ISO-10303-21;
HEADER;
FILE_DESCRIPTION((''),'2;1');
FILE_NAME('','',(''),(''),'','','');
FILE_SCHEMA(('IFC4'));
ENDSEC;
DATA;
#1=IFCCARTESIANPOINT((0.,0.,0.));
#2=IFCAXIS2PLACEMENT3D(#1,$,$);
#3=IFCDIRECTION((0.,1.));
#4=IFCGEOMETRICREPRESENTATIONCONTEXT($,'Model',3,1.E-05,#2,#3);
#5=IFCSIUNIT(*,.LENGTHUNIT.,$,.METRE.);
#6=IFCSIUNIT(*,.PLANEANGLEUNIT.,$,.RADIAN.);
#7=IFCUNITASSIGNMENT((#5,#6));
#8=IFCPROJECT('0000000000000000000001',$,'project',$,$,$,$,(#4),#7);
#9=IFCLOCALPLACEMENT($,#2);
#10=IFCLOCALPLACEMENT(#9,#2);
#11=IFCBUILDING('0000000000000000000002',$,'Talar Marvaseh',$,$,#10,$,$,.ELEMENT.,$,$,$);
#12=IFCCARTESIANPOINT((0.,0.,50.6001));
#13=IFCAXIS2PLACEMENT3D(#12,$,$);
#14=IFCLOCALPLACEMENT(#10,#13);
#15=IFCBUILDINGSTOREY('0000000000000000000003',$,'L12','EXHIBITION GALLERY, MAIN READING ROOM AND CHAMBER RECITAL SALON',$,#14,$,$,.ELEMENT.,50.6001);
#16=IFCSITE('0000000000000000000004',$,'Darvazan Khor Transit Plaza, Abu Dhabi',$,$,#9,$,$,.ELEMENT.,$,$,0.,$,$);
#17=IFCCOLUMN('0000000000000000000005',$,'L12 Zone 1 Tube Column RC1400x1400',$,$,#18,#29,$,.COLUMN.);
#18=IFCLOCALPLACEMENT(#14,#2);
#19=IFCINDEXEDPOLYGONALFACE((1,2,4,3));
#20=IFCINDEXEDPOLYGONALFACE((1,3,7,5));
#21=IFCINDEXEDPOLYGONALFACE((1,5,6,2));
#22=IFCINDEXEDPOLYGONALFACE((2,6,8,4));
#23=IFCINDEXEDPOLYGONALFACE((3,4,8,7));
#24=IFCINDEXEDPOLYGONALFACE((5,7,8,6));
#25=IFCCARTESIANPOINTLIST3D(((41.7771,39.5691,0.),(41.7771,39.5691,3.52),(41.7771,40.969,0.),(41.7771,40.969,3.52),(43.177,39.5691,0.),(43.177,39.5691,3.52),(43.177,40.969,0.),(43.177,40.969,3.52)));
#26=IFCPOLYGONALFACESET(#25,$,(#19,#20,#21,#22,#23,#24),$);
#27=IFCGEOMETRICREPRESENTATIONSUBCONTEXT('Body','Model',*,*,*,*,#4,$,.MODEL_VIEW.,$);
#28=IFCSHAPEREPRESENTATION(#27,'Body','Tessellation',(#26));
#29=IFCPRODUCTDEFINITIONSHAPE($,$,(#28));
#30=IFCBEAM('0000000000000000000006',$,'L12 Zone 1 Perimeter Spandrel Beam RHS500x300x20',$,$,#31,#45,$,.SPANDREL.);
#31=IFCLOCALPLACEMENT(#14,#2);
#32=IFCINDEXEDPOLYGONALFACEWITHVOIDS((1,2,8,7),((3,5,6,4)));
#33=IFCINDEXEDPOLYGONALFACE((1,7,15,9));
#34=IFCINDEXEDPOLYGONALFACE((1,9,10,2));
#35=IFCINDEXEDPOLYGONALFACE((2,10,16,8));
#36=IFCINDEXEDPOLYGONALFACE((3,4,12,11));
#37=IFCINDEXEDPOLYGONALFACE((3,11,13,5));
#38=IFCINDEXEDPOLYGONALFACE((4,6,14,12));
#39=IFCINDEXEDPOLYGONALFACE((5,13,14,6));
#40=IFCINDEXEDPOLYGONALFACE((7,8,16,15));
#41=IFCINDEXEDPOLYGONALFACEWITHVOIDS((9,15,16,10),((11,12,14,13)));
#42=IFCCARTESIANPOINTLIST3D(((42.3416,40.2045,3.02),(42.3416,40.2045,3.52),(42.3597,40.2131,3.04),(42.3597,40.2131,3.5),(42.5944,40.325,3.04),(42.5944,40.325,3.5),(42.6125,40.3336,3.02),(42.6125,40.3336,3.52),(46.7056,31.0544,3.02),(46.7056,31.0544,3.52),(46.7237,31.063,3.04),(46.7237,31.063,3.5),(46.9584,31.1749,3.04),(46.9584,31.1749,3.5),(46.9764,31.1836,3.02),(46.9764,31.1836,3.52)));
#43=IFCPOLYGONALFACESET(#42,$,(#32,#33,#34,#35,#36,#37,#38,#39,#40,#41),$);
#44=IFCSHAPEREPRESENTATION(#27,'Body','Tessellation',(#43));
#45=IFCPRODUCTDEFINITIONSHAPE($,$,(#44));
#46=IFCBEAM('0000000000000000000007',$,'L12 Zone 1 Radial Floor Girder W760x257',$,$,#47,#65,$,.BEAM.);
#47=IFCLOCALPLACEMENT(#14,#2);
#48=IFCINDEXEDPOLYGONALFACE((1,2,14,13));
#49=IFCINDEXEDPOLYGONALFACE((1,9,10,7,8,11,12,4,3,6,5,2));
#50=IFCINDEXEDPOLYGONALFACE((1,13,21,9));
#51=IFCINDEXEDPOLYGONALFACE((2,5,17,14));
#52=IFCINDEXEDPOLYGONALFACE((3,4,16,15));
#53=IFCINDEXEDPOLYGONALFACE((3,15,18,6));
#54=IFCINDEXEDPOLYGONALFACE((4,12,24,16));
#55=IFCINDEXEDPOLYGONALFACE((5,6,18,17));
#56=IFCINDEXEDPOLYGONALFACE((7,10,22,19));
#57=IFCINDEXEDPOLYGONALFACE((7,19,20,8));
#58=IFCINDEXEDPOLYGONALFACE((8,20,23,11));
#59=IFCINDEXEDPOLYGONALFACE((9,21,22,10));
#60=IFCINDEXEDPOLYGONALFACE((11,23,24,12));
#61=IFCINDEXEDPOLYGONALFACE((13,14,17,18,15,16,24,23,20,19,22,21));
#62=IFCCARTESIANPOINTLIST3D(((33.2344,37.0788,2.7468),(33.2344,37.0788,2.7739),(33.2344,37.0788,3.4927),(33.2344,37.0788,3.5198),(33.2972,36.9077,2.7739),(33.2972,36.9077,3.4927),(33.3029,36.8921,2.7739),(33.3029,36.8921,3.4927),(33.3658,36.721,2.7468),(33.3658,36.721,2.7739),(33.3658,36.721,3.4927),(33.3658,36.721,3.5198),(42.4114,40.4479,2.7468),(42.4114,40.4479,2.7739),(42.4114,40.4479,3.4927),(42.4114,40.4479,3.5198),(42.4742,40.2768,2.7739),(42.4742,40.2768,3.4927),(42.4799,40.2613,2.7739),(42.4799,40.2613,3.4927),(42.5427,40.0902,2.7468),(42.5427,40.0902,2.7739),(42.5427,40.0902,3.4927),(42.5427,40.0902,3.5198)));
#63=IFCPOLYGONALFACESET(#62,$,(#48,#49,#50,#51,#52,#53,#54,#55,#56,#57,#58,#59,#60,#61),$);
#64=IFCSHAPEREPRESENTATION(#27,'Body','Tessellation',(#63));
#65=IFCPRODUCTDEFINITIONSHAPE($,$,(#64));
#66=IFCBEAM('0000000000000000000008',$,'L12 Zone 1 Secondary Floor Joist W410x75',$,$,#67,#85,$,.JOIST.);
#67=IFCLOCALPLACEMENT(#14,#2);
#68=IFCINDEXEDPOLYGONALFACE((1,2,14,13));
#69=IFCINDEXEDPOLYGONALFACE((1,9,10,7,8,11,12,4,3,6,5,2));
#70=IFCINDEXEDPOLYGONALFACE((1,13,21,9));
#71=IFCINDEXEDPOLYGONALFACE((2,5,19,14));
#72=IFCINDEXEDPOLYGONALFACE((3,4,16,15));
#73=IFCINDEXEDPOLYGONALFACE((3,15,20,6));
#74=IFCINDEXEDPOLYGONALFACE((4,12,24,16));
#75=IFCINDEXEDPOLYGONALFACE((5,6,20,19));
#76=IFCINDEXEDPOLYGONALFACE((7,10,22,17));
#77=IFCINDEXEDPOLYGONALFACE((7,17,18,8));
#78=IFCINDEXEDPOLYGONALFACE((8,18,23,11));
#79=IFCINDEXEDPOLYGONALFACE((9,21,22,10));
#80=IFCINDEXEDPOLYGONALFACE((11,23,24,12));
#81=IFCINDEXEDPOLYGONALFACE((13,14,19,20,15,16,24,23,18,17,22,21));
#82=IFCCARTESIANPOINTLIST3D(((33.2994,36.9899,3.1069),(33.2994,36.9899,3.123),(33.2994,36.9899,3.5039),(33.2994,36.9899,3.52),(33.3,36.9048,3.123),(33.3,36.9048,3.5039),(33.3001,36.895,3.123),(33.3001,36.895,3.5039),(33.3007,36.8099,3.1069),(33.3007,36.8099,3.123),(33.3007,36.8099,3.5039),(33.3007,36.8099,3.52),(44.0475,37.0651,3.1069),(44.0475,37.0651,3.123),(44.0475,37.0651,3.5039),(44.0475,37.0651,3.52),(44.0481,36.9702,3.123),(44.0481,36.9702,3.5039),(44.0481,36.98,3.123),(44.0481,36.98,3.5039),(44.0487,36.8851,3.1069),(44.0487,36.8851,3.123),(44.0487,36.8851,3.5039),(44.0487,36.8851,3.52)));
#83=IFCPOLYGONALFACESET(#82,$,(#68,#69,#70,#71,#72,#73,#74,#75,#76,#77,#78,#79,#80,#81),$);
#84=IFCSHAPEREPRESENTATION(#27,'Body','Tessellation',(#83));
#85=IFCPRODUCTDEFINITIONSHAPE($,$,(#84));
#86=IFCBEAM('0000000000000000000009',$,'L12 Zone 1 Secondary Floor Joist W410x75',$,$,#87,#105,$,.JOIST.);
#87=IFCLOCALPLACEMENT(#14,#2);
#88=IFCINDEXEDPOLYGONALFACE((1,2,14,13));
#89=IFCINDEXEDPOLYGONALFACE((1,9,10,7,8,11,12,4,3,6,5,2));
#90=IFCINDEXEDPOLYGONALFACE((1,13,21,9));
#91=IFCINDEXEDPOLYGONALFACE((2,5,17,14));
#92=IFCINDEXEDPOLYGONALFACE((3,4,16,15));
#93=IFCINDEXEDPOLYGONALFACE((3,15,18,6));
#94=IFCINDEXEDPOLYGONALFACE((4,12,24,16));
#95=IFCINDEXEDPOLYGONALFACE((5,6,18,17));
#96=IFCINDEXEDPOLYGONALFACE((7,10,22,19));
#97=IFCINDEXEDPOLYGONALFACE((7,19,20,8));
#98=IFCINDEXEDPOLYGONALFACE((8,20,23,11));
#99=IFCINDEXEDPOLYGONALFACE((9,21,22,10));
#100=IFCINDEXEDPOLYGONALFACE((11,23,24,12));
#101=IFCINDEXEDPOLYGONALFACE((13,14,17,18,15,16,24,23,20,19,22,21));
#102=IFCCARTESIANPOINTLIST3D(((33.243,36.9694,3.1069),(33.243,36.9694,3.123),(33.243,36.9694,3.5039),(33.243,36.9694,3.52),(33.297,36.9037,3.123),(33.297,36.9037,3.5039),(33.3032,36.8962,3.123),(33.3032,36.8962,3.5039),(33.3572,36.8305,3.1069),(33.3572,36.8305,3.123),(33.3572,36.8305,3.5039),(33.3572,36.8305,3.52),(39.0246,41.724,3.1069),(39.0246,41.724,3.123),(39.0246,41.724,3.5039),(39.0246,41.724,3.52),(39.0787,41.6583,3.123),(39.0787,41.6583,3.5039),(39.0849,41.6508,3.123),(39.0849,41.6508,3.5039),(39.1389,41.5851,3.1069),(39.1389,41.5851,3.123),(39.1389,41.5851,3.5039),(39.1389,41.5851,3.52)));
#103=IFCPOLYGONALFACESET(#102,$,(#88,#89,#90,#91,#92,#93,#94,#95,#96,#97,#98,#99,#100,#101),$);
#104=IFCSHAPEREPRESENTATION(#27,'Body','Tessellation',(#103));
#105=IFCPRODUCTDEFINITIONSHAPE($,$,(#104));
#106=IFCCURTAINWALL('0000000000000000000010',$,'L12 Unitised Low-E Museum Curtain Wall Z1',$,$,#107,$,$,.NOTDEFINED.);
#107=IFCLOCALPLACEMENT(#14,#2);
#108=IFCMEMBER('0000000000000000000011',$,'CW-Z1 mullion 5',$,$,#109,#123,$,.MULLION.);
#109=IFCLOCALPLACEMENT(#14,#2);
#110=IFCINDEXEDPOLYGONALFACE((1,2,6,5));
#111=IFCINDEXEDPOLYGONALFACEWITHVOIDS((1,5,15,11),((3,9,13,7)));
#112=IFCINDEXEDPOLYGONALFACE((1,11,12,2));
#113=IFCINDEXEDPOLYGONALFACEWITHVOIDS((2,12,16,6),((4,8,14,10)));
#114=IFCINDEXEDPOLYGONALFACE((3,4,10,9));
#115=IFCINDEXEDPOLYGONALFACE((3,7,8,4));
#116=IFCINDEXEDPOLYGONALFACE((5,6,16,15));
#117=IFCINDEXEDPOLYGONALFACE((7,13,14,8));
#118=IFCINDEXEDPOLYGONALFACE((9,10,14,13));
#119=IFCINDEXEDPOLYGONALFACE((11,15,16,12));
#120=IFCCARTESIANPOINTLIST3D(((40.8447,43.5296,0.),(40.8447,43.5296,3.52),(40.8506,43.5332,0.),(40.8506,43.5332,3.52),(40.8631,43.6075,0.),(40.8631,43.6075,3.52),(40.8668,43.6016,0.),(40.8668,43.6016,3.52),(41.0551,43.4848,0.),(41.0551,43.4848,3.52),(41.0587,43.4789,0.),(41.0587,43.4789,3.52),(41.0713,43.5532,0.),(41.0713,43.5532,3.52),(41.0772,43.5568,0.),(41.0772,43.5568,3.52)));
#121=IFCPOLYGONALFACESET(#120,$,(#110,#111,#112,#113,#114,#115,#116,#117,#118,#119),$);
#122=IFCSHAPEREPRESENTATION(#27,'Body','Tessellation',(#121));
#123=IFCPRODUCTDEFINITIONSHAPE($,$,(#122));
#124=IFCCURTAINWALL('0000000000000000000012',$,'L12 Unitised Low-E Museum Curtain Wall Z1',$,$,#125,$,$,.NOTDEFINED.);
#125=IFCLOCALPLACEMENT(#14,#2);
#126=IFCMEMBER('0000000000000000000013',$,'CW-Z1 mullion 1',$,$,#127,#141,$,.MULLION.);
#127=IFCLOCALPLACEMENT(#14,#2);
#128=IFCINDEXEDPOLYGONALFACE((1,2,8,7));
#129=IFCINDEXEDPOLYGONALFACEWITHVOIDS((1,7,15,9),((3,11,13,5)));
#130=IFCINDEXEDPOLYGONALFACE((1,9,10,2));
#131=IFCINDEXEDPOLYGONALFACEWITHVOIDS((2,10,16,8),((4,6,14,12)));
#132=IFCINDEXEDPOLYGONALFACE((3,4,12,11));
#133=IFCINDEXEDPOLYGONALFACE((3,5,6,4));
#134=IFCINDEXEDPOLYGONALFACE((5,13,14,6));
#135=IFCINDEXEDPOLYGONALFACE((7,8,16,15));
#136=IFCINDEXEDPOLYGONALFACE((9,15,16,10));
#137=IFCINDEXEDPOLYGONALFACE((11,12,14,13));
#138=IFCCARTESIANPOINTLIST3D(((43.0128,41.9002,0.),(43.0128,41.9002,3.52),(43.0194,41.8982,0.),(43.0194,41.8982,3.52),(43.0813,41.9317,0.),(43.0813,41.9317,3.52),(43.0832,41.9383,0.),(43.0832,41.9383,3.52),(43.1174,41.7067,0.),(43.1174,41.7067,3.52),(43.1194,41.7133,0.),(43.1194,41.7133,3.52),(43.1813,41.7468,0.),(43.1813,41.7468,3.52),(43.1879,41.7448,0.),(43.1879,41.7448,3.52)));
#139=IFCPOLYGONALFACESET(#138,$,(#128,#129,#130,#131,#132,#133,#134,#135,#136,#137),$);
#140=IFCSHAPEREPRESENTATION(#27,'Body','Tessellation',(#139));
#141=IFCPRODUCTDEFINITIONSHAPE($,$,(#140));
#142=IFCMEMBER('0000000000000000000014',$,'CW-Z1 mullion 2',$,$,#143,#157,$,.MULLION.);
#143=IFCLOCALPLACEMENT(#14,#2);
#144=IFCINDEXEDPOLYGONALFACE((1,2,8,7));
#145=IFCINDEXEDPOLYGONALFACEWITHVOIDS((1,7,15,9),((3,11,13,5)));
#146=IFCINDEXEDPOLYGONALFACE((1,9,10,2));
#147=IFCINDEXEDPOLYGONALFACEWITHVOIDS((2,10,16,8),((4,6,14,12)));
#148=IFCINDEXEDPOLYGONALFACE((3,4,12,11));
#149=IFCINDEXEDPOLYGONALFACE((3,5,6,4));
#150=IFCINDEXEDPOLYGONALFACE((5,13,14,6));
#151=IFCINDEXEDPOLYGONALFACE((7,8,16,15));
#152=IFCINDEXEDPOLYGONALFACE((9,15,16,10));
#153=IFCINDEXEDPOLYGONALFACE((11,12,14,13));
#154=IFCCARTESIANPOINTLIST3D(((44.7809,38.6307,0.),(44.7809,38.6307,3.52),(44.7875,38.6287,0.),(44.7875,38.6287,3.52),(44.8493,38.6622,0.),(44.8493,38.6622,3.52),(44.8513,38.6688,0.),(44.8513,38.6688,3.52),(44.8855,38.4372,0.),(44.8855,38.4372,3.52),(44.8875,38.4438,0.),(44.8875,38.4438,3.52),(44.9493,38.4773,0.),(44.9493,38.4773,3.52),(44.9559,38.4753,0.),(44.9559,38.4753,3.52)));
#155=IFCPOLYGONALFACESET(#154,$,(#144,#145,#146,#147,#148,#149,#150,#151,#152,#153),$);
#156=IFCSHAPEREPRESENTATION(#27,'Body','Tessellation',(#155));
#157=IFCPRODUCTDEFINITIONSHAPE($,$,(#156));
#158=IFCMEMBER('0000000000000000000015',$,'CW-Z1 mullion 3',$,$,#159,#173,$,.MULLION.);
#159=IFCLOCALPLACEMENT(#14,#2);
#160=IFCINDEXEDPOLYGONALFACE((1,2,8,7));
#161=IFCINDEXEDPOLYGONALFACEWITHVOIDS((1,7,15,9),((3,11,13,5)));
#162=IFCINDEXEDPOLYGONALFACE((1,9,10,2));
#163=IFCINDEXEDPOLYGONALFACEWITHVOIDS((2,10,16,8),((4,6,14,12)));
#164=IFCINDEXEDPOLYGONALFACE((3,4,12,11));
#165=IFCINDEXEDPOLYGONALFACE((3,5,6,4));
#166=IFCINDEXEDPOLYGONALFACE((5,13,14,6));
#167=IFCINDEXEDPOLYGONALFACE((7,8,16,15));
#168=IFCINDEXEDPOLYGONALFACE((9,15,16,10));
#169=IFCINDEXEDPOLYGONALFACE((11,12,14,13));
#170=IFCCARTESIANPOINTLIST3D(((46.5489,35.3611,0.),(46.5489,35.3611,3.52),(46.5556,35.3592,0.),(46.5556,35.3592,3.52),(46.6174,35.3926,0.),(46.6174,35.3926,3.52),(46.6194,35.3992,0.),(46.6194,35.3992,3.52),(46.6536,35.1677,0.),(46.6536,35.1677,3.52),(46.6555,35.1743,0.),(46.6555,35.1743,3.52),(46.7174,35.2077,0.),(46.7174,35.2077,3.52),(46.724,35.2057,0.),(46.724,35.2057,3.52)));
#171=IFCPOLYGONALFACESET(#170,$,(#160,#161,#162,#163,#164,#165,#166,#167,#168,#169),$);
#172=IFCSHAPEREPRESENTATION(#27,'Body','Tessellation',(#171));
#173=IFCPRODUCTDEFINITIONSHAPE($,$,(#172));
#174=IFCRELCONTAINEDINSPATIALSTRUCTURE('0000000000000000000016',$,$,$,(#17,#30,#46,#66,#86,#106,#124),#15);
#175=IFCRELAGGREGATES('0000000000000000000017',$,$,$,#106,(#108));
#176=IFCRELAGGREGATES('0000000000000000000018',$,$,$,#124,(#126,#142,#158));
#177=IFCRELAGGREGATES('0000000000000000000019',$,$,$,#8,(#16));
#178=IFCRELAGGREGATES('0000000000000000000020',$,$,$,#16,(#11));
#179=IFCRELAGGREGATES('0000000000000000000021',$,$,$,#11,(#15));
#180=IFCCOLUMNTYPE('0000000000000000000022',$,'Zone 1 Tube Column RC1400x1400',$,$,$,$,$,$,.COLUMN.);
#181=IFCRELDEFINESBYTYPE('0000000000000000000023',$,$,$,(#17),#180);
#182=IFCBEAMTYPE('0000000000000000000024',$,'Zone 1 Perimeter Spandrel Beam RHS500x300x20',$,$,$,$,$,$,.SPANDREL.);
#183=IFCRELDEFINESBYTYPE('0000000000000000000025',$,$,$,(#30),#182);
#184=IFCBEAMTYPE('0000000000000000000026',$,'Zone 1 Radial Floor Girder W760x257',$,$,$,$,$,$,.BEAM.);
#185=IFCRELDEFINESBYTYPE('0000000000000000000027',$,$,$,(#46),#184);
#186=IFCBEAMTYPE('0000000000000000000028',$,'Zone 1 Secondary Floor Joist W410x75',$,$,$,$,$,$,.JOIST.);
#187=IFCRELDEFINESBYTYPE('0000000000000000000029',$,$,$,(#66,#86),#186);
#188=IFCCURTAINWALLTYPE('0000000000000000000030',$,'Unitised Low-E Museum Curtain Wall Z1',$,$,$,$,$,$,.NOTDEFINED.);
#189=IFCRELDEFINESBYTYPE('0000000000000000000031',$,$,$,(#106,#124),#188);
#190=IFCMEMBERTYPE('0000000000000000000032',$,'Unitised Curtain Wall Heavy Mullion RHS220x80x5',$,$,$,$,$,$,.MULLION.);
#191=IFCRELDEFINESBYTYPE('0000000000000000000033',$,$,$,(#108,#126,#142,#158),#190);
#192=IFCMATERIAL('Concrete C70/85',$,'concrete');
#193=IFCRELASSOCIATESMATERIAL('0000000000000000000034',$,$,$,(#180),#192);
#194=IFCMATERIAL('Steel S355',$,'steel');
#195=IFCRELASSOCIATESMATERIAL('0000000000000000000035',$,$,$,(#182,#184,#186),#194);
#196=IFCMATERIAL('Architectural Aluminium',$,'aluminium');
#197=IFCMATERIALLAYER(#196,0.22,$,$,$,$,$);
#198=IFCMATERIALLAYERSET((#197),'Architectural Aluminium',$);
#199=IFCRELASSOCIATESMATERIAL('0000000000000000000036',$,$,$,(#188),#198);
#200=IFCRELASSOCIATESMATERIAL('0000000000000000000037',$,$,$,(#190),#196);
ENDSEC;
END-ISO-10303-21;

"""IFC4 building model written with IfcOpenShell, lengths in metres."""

from ifc_helpers import new_model, si_unit, direction, frame, origin, origin_2d, place, context, subcontext, project, spatial, rectangle, hollow_rectangle, i_section, extrude, source, transform, mapped, material, layer, layer_set, material_profile, profile_set, type_object, type_shapes, element, aggregate, save


model = new_model("IFC4")

# Units and contexts
model_context = context("Model", 3, precision=1e-05, world=origin(), true_north=direction((0.0, 1.0)))
body_context = subcontext(model_context, "Body", "Model", "MODEL_VIEW")
ifc_project = project(units=[si_unit("LENGTHUNIT", "METRE"), si_unit("PLANEANGLEUNIT", "RADIAN")], contexts=[model_context])

# Site, building, storey
site_placement = place(None, origin())
site = spatial("IfcSite", under=ifc_project, at=site_placement, Name="Darvazan Khor Transit Plaza, Abu Dhabi", CompositionType="ELEMENT", RefElevation=0.0)
building_placement = place(site_placement, origin())
building = spatial("IfcBuilding", under=site, at=building_placement, Name="Talar Marvaseh", CompositionType="ELEMENT")
storey_placement = place(building_placement, frame((0.0, 0.0, 50.6001)))
storey = spatial("IfcBuildingStorey", under=building, at=storey_placement, Name="L12", Description="EXHIBITION GALLERY, MAIN READING ROOM AND CHAMBER RECITAL SALON", CompositionType="ELEMENT", Elevation=50.6001)

# Column
ifc_material_1 = material(Name="Concrete C70/85", Category="concrete")
ifc_material_profile_1 = material_profile(ifc_material_1, rectangle(XDim=1.3999, YDim=1.3999, at=origin_2d()), Name="RC1400x1400")
ifc_profile_set_1 = profile_set([ifc_material_profile_1], Name="Concrete C70/85")
column_type = type_object("IfcColumnType", Name="Zone 1 Tube Column RC1400x1400", PredefinedType="COLUMN", material=ifc_profile_set_1)
column_placement = place(storey_placement, frame((42.4771, 40.269, 0.0), z_axis=(0.0, 0.0, 1.0), x_axis=(1.0, 0.0, 0.0)))
element("IfcColumn", 1, at=column_placement, inside=storey, type_object=column_type, Name="L12 Zone 1 Tube Column RC1400x1400", PredefinedType="COLUMN", context=body_context, shape_type="SweptSolid", body=[
    extrude(rectangle(XDim=1.3999, YDim=1.3999, at=origin_2d()), origin(), (0.0, 0.0, 1.0), 3.52),
])

# Beams
ifc_material_2 = material(Name="Steel S355", Category="steel")
ifc_material_profile_2 = material_profile(ifc_material_2, hollow_rectangle(XDim=0.3, YDim=0.5, WallThickness=0.02, at=origin_2d()), Name="RHS500x300x20")
ifc_profile_set_2 = profile_set([ifc_material_profile_2], Name="Steel S355")
beam_type_1 = type_object("IfcBeamType", Name="Zone 1 Perimeter Spandrel Beam RHS500x300x20", PredefinedType="SPANDREL", material=ifc_profile_set_2)
beam_1_placement = place(storey_placement, frame((42.4771, 40.269, 3.27), z_axis=(0.43048, -0.9026, 0.0), x_axis=(0.9026, 0.43048, 0.0)))
element("IfcBeam", 2, at=beam_1_placement, inside=storey, type_object=beam_type_1, Name="L12 Zone 1 Perimeter Spandrel Beam RHS500x300x20", PredefinedType="SPANDREL", context=body_context, shape_type="SweptSolid", body=[
    extrude(hollow_rectangle(XDim=0.3, YDim=0.5, WallThickness=0.02, at=origin_2d()), origin(), (0.0, 0.0, 1.0), 10.1375),
])
ifc_material_profile_3 = material_profile(ifc_material_2, i_section(OverallWidth=0.3811, OverallDepth=0.7729, WebThickness=0.0166, FlangeThickness=0.0271, at=origin_2d()), Name="W760x257")
ifc_profile_set_3 = profile_set([ifc_material_profile_3], Name="Steel S355")
beam_type_2 = type_object("IfcBeamType", Name="Zone 1 Radial Floor Girder W760x257", PredefinedType="BEAM", material=ifc_profile_set_3)
beam_2_placement = place(storey_placement, frame((42.4771, 40.269, 3.1333), z_axis=(-0.938736, -0.344637, 0.0), x_axis=(0.344637, -0.938736, 0.0)))
element("IfcBeam", 3, at=beam_2_placement, inside=storey, type_object=beam_type_2, Name="L12 Zone 1 Radial Floor Girder W760x257", PredefinedType="BEAM", context=body_context, shape_type="SweptSolid", body=[
    extrude(i_section(OverallWidth=0.3811, OverallDepth=0.7729, WebThickness=0.0166, FlangeThickness=0.0271, at=origin_2d()), origin(), (0.0, 0.0, 1.0), 9.7759),
])
ifc_material_profile_4 = material_profile(ifc_material_2, i_section(OverallWidth=0.1799, OverallDepth=0.4131, WebThickness=0.0098, FlangeThickness=0.0161, at=origin_2d()), Name="W410x75")
ifc_profile_set_4 = profile_set([ifc_material_profile_4], Name="Steel S355")
beam_type_3 = type_object("IfcBeamType", Name="Zone 1 Secondary Floor Joist W410x75", PredefinedType="JOIST", material=ifc_profile_set_4)
beam_3_placement = place(storey_placement, frame((44.0481, 36.9751, 3.3135), z_axis=(-0.999976, -0.006996, 0.0), x_axis=(0.006996, -0.999976, 0.0)))
element("IfcBeam", 4, at=beam_3_placement, inside=storey, type_object=beam_type_3, Name="L12 Zone 1 Secondary Floor Joist W410x75", PredefinedType="JOIST", context=body_context, shape_type="SweptSolid", body=[
    extrude(i_section(OverallWidth=0.1799, OverallDepth=0.4131, WebThickness=0.0098, FlangeThickness=0.0161, at=origin_2d()), origin(), (0.0, 0.0, 1.0), 10.7483),
])
beam_4_placement = place(storey_placement, frame((39.0818, 41.6545, 3.3135), z_axis=(-0.772375, -0.635166, 0.0), x_axis=(0.635166, -0.772375, 0.0)))
element("IfcBeam", 5, at=beam_4_placement, inside=storey, type_object=beam_type_3, Name="L12 Zone 1 Secondary Floor Joist W410x75", PredefinedType="JOIST", context=body_context, shape_type="SweptSolid", body=[
    extrude(i_section(OverallWidth=0.1799, OverallDepth=0.4131, WebThickness=0.0098, FlangeThickness=0.0161, at=origin_2d()), origin(), (0.0, 0.0, 1.0), 7.4856),
])

# Curtain wall, member
ifc_material_3 = material(Name="Architectural Aluminium", Category="aluminium")
ifc_layer_1 = layer(ifc_material_3, 0.22)
ifc_layer_set_1 = layer_set([ifc_layer_1], Name="Architectural Aluminium")
curtain_wall_type = type_object("IfcCurtainWallType", Name="Unitised Low-E Museum Curtain Wall Z1", PredefinedType="NOTDEFINED", material=ifc_layer_set_1)
curtain_wall_1_placement = place(storey_placement, origin())
curtain_wall_1 = element("IfcCurtainWall", 6, at=curtain_wall_1_placement, inside=storey, type_object=curtain_wall_type, Name="L12 Unitised Low-E Museum Curtain Wall Z1", PredefinedType="NOTDEFINED")
ifc_material_profile_5 = material_profile(ifc_material_3, hollow_rectangle(XDim=0.0801, YDim=0.22, WallThickness=0.0049, at=origin_2d()), Name="RHS220x80x5")
ifc_profile_set_5 = profile_set([ifc_material_profile_5], Name="Architectural Aluminium")
member_type_1 = type_object("IfcMemberType", Name="Unitised Curtain Wall Heavy Mullion RHS220x80x5", PredefinedType="MULLION", material=ifc_profile_set_5)
shared_shape_1 = source(origin(), body_context, "Body", "SweptSolid", [
    extrude(hollow_rectangle(XDim=0.0801, YDim=0.22, WallThickness=0.0049, at=origin_2d()), origin(), (0.0, 0.0, 1.0), 3.52),
])
type_shapes(member_type_1, [shared_shape_1])
member_1_placement = place(storey_placement, frame((40.9609, 43.5432, 0.0), z_axis=(0.0, 0.0, 1.0), x_axis=(0.230352, 0.973107, 0.0)))
member_1 = element("IfcMember", 7, at=member_1_placement, type_object=member_type_1, Name="CW-Z1 mullion 5", PredefinedType="MULLION", context=body_context, shape_type="MappedRepresentation", body=[
    mapped(shared_shape_1, transform((0.0, 0.0, 0.0), x_axis=(1.0, 0.0, 0.0), y_axis=(0.0, 1.0, 0.0), z_axis=(0.0, 0.0, 1.0), scale=1.0)),
])

# Curtain wall, members
curtain_wall_2_placement = place(storey_placement, origin())
curtain_wall_2 = element("IfcCurtainWall", 8, at=curtain_wall_2_placement, inside=storey, type_object=curtain_wall_type, Name="L12 Unitised Low-E Museum Curtain Wall Z1", PredefinedType="NOTDEFINED")
member_2_placement = place(storey_placement, frame((43.1003, 41.8225, 0.0), z_axis=(0.0, 0.0, 1.0), x_axis=(0.87962, 0.475677, 0.0)))
member_2 = element("IfcMember", 9, at=member_2_placement, type_object=member_type_1, Name="CW-Z1 mullion 1", PredefinedType="MULLION", context=body_context, shape_type="MappedRepresentation", body=[
    mapped(shared_shape_1, transform((0.0, 0.0, 0.0), x_axis=(1.0, 0.0, 0.0), y_axis=(0.0, 1.0, 0.0), z_axis=(0.0, 0.0, 1.0), scale=1.0)),
])
member_3_placement = place(storey_placement, frame((44.8684, 38.553, 0.0), z_axis=(0.0, 0.0, 1.0), x_axis=(0.87962, 0.475677, 0.0)))
member_3 = element("IfcMember", 10, at=member_3_placement, type_object=member_type_1, Name="CW-Z1 mullion 2", PredefinedType="MULLION", context=body_context, shape_type="MappedRepresentation", body=[
    mapped(shared_shape_1, transform((0.0, 0.0, 0.0), x_axis=(1.0, 0.0, 0.0), y_axis=(0.0, 1.0, 0.0), z_axis=(0.0, 0.0, 1.0), scale=1.0)),
])
member_4_placement = place(storey_placement, frame((46.6365, 35.2834, 0.0), z_axis=(0.0, 0.0, 1.0), x_axis=(0.87962, 0.475677, 0.0)))
member_4 = element("IfcMember", 11, at=member_4_placement, type_object=member_type_1, Name="CW-Z1 mullion 3", PredefinedType="MULLION", context=body_context, shape_type="MappedRepresentation", body=[
    mapped(shared_shape_1, transform((0.0, 0.0, 0.0), x_axis=(1.0, 0.0, 0.0), y_axis=(0.0, 1.0, 0.0), z_axis=(0.0, 0.0, 1.0), scale=1.0)),
])

aggregate(curtain_wall_1, [member_1])
aggregate(curtain_wall_2, [member_2, member_3, member_4])

save(model, "model.ifc")
